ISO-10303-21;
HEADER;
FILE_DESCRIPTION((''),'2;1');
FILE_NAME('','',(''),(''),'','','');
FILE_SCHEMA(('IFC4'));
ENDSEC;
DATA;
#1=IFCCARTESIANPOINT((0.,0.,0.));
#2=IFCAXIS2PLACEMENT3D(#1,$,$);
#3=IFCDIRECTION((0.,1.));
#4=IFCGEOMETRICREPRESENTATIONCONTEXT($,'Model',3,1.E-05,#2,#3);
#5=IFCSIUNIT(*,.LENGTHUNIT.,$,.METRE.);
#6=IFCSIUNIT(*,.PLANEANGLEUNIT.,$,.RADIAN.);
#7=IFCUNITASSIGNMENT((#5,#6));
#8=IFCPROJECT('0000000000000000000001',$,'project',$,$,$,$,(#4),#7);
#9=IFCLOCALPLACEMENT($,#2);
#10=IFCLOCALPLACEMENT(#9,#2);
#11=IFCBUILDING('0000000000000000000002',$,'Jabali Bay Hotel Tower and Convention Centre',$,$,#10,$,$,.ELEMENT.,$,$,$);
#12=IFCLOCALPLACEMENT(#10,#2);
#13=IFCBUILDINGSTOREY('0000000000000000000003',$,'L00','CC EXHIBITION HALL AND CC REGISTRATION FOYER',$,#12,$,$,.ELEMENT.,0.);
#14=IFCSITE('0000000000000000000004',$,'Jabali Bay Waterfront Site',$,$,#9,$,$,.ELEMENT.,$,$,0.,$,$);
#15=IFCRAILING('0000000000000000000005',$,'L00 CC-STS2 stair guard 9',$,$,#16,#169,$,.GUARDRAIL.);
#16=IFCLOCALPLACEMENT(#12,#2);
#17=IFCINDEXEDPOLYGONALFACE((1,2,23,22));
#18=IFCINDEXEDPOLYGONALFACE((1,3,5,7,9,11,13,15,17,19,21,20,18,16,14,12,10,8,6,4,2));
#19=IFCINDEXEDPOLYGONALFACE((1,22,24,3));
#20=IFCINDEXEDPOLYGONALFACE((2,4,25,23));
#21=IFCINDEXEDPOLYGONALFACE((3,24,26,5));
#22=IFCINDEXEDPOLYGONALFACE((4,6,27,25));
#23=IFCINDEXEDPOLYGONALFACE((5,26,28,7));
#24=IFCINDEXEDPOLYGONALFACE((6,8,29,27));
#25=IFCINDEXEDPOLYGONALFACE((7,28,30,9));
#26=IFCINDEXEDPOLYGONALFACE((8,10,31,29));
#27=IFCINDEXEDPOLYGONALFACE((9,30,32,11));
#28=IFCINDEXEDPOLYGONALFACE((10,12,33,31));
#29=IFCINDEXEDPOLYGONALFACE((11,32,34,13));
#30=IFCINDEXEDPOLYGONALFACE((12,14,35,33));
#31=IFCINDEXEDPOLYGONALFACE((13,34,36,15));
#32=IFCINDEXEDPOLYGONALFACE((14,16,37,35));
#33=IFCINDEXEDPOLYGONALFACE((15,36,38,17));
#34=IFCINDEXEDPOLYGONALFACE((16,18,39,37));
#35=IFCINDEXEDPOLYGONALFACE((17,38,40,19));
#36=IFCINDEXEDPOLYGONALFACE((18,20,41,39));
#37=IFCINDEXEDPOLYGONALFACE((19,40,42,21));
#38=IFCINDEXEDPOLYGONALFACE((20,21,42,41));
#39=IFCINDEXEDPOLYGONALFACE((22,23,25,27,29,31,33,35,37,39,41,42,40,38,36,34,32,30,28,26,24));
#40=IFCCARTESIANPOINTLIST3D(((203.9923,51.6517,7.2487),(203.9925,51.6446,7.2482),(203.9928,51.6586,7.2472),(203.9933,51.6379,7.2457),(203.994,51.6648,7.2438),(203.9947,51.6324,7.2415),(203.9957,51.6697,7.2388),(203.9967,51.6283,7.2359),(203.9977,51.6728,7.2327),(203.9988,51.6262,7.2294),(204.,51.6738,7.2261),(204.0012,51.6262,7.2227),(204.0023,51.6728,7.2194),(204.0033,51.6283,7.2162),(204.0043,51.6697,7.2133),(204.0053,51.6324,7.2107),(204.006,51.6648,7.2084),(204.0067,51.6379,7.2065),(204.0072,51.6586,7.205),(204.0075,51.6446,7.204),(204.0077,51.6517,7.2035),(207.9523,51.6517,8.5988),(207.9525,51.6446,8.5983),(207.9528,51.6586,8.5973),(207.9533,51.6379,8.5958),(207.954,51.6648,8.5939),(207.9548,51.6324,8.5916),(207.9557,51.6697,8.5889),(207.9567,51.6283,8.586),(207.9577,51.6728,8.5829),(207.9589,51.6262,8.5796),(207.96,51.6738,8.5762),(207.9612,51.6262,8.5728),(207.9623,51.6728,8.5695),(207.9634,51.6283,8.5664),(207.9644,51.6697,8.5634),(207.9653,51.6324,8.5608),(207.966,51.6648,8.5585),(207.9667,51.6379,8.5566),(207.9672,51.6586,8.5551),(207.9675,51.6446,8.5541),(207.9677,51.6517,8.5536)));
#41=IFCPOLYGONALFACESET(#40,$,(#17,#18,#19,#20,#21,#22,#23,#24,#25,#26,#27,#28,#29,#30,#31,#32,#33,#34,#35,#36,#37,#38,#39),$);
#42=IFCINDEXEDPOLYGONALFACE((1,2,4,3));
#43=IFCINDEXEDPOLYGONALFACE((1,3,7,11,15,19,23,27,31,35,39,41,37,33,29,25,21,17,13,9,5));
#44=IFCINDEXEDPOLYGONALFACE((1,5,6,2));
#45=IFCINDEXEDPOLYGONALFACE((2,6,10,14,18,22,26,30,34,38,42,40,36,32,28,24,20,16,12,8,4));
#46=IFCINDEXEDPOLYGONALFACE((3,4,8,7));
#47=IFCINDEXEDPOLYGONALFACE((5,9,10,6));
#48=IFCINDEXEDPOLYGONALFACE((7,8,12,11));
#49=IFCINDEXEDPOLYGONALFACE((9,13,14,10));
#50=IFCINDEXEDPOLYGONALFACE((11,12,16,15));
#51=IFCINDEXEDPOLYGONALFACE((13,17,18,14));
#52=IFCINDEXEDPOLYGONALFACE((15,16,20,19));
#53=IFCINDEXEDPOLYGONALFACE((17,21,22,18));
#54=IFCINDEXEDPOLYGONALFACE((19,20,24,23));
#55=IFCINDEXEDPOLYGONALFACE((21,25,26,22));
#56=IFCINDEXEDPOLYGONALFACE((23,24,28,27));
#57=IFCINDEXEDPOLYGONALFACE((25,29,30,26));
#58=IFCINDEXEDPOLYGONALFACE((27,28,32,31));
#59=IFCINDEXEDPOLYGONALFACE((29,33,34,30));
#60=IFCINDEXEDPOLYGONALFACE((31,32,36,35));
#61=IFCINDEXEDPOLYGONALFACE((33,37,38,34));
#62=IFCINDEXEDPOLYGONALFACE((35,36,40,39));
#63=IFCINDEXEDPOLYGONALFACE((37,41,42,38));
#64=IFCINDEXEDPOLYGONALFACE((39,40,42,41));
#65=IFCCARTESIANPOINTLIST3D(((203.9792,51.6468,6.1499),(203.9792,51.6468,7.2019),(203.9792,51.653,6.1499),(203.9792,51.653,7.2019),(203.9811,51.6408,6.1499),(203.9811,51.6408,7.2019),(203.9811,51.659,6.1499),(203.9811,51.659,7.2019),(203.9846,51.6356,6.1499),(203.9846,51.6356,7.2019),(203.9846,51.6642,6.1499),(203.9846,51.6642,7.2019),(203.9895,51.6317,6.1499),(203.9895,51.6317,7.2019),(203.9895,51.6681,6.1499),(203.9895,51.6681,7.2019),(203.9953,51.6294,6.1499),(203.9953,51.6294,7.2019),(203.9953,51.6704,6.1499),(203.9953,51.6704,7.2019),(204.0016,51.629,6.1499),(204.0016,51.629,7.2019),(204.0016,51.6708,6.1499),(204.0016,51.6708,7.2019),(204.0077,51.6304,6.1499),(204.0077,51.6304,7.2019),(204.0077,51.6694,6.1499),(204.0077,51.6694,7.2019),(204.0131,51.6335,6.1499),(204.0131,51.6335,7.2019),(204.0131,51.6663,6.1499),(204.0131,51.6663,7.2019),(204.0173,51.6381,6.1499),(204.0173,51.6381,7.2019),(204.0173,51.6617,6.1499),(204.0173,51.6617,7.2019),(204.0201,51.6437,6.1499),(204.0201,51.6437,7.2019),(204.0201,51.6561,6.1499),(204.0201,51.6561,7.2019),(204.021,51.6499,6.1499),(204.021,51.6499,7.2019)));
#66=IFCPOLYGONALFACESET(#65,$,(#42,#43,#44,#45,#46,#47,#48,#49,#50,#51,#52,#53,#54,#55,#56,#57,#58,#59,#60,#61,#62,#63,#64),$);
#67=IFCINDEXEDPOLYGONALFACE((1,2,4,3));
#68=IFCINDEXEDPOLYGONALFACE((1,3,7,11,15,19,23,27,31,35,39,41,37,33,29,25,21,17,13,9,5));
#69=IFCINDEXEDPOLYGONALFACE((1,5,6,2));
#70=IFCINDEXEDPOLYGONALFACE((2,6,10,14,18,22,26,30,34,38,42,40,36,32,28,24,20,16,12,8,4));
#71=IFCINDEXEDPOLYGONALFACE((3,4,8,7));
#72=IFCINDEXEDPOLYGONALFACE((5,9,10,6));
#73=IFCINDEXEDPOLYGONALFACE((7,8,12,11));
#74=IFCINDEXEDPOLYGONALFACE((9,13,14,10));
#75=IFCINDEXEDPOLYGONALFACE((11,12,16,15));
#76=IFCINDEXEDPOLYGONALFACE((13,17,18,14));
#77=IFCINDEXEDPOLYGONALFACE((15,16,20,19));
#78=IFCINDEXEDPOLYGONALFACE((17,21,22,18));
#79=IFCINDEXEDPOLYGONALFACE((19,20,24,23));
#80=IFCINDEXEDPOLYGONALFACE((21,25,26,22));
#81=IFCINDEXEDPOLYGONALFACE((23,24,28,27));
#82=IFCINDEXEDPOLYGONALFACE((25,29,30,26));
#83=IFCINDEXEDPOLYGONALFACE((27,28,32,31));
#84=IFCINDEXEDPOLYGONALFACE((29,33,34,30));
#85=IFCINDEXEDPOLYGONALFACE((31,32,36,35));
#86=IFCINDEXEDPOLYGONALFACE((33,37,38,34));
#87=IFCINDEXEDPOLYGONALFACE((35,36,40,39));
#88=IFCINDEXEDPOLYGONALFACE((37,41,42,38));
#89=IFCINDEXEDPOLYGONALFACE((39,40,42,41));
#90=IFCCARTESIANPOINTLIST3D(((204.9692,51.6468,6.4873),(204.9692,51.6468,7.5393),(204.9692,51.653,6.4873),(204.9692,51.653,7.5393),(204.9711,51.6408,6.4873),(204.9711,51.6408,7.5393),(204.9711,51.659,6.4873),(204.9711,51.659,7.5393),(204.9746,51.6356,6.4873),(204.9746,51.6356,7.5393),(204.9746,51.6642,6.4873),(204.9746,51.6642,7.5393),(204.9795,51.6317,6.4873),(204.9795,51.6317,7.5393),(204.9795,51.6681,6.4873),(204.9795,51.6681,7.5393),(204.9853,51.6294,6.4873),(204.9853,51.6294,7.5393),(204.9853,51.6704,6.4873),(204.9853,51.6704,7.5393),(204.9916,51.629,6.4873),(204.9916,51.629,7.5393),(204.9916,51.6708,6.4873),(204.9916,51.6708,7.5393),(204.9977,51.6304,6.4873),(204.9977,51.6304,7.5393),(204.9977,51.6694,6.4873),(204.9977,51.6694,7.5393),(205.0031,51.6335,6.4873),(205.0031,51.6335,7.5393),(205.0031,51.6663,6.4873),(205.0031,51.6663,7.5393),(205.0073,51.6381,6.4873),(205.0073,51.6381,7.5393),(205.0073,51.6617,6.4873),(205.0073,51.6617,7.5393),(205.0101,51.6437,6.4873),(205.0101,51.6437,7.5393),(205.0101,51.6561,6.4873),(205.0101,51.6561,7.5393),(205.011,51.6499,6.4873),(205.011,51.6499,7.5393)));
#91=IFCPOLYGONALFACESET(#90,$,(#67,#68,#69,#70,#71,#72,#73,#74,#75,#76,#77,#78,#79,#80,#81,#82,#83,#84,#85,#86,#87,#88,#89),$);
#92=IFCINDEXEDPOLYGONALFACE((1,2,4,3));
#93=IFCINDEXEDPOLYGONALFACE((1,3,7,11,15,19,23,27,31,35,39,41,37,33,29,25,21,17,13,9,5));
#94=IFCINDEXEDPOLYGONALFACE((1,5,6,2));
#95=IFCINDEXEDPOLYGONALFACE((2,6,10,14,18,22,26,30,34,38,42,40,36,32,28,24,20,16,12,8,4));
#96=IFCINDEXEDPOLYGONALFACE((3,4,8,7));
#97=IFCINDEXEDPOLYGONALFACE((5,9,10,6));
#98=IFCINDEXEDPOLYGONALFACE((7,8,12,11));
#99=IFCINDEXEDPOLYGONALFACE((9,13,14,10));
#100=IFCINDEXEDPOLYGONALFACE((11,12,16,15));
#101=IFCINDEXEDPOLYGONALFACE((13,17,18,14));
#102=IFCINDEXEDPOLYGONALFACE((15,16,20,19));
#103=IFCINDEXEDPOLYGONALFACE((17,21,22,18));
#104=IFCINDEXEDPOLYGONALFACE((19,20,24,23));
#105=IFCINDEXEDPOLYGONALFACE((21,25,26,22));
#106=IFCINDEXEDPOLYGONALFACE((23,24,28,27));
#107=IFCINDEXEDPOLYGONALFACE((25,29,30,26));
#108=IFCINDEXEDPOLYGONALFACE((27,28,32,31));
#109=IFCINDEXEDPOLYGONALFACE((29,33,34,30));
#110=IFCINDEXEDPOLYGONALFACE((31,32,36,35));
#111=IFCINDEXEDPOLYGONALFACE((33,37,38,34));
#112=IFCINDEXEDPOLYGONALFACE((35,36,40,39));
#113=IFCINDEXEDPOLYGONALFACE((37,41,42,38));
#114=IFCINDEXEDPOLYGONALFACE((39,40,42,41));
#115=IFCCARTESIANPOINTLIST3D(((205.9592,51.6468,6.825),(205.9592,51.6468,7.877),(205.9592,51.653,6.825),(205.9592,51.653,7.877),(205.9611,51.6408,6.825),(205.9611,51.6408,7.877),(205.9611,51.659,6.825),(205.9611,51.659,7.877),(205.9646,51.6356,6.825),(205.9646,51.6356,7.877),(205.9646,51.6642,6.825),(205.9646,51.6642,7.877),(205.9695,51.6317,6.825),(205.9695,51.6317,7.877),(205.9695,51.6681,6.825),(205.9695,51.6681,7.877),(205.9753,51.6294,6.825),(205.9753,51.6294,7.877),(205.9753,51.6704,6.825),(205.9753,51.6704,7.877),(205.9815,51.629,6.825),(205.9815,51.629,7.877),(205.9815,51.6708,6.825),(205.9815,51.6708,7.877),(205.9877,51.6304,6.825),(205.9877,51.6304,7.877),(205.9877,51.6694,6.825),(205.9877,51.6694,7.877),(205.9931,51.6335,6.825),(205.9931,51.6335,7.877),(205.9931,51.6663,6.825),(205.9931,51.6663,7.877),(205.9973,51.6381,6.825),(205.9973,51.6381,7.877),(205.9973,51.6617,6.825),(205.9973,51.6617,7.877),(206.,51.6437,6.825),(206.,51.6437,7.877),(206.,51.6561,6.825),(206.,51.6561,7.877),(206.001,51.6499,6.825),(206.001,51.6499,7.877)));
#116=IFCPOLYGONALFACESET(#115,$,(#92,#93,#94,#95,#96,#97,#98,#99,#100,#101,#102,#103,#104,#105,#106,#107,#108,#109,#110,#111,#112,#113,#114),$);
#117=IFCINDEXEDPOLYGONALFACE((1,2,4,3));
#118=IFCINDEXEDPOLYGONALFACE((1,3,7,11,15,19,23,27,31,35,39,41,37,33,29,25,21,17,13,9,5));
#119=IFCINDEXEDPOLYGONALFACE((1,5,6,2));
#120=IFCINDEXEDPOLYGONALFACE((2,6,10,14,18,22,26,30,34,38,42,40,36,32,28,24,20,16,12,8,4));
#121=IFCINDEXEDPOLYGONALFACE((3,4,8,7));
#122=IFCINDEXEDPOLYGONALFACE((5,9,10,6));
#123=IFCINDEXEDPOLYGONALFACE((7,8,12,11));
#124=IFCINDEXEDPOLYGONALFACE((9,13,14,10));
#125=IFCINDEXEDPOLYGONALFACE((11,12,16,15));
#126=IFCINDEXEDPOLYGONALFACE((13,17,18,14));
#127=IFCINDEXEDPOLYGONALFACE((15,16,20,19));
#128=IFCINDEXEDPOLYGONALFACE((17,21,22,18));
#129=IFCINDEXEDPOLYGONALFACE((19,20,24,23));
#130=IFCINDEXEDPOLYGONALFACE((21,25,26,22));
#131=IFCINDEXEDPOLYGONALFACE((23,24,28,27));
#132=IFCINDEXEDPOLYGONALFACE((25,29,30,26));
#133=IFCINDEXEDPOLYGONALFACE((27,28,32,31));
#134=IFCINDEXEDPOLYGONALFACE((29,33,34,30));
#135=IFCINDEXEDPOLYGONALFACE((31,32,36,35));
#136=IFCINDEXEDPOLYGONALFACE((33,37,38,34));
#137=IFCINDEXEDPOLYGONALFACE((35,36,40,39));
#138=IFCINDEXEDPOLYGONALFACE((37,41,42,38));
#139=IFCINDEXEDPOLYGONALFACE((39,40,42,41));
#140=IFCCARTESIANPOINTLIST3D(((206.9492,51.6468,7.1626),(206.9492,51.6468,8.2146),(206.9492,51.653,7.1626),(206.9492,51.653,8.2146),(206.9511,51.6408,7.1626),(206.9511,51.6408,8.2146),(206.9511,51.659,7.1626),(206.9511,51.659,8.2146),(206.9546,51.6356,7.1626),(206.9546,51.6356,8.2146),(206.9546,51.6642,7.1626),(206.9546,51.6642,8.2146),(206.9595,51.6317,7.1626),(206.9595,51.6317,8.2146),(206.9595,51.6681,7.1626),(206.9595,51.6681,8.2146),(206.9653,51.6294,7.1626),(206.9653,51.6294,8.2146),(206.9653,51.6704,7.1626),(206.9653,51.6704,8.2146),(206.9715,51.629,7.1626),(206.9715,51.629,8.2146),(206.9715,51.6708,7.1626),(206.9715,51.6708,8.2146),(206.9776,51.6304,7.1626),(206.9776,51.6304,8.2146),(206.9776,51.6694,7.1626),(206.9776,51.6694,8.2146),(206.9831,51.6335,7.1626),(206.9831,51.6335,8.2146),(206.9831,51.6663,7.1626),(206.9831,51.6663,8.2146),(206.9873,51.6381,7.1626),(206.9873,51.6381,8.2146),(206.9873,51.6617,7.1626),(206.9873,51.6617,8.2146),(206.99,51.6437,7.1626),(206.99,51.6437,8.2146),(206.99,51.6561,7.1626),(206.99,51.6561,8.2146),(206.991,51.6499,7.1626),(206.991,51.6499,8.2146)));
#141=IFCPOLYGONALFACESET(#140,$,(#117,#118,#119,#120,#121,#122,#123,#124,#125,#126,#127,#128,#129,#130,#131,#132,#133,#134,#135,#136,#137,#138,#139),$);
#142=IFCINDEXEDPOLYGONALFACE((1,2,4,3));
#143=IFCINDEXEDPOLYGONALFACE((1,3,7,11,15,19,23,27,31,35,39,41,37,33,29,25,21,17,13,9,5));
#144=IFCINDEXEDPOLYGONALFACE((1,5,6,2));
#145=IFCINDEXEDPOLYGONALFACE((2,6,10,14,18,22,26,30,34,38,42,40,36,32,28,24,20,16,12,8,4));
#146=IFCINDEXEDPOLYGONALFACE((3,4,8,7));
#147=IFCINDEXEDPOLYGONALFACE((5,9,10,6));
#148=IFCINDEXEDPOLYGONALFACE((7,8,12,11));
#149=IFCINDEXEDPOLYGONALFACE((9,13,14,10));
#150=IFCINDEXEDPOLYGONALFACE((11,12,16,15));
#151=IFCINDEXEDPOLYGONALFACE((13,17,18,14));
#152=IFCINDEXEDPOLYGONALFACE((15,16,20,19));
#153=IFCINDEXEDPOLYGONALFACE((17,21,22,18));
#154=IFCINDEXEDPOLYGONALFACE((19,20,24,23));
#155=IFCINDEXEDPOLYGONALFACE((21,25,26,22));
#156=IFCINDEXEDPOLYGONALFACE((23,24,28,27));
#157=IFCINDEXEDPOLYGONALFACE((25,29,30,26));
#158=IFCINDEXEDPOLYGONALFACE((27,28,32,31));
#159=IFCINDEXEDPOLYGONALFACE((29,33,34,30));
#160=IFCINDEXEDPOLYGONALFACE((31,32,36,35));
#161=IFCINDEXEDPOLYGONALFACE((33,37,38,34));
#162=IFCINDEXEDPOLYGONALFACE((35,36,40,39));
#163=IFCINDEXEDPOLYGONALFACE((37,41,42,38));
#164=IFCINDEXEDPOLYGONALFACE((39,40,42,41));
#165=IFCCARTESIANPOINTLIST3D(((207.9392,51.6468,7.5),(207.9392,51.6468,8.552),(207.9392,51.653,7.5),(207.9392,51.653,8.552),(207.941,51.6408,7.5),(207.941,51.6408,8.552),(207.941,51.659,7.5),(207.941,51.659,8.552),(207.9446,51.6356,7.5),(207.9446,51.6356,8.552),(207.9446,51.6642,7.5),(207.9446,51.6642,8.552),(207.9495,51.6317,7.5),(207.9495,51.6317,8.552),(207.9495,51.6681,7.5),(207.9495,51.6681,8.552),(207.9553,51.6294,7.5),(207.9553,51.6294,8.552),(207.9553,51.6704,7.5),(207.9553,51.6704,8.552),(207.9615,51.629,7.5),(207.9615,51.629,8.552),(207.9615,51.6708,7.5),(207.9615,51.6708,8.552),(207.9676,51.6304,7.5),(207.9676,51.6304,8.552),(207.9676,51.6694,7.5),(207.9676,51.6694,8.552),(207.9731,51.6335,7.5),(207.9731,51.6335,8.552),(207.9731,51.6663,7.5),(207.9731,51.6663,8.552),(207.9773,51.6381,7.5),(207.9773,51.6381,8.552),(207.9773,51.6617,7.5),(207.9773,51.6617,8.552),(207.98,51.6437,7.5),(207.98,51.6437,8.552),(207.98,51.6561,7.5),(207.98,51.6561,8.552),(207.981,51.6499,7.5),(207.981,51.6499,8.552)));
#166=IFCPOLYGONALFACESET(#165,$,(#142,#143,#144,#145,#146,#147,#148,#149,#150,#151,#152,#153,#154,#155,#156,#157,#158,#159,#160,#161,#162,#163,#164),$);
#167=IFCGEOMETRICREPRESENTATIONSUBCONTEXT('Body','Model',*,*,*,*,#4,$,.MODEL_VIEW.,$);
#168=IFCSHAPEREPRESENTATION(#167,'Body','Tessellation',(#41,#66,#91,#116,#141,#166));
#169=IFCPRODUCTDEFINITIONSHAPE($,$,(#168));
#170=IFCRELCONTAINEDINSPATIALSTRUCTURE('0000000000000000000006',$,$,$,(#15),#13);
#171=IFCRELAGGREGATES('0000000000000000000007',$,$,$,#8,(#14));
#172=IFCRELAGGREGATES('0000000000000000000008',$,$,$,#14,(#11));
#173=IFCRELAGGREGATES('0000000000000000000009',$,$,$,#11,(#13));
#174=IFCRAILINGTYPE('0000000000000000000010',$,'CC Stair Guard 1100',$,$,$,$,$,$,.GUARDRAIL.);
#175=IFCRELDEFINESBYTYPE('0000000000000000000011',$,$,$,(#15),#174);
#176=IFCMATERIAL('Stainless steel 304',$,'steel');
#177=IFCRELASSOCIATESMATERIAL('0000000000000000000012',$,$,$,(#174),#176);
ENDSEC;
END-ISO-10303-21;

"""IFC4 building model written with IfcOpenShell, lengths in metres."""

from ifc_helpers import new_model, si_unit, direction, frame, origin, origin_2d, place, context, subcontext, project, spatial, circle, extrude, material, type_object, element, save


model = new_model("IFC4")

# Units and contexts
model_context = context("Model", 3, precision=1e-05, world=origin(), true_north=direction((0.0, 1.0)))
body_context = subcontext(model_context, "Body", "Model", "MODEL_VIEW")
ifc_project = project(units=[si_unit("LENGTHUNIT", "METRE"), si_unit("PLANEANGLEUNIT", "RADIAN")], contexts=[model_context])

# Site, building, storey
site_placement = place(None, origin())
site = spatial("IfcSite", under=ifc_project, at=site_placement, Name="Jabali Bay Waterfront Site", CompositionType="ELEMENT", RefElevation=0.0)
building_placement = place(site_placement, origin())
building = spatial("IfcBuilding", under=site, at=building_placement, Name="Jabali Bay Hotel Tower and Convention Centre", CompositionType="ELEMENT")
storey_placement = place(building_placement, origin())
storey = spatial("IfcBuildingStorey", under=building, at=storey_placement, Name="L00", Description="CC EXHIBITION HALL AND CC REGISTRATION FOYER", CompositionType="ELEMENT", Elevation=0.0)

# Railing
ifc_material_1 = material(Name="Stainless steel 304", Category="steel")
railing_type_1 = type_object("IfcRailingType", Name="CC Stair Guard 1100", PredefinedType="GUARDRAIL", material=ifc_material_1)
railing_1_placement = place(storey_placement, frame((204.0, 51.6499, 6.1499)))
element("IfcRailing", 1, at=railing_1_placement, inside=storey, type_object=railing_type_1, Name="L00 CC-STS2 stair guard 9", PredefinedType="GUARDRAIL", context=body_context, shape_type="SweptSolid", body=[
    extrude(circle(Radius=0.0239, at=origin_2d()), frame((0.0, 0.0, 1.0762), z_axis=(0.946502, 0.0, 0.322698), x_axis=(0.0, 1.0, 0.0)), (0.0, 0.0, 1.0), 4.1838),
    extrude(circle(Radius=0.021, at=origin_2d()), origin(), (0.0, 0.0, 1.0), 1.052),
    extrude(circle(Radius=0.021, at=origin_2d()), frame((0.99, 0.0, 0.3374)), (0.0, 0.0, 1.0), 1.052),
    extrude(circle(Radius=0.021, at=origin_2d()), frame((1.98, 0.0, 0.675)), (0.0, 0.0, 1.0), 1.052),
    extrude(circle(Radius=0.021, at=origin_2d()), frame((2.97, 0.0, 1.0127)), (0.0, 0.0, 1.0), 1.052),
    extrude(circle(Radius=0.021, at=origin_2d()), frame((3.96, 0.0, 1.3501)), (0.0, 0.0, 1.0), 1.052),
])

save(model, "model.ifc")
